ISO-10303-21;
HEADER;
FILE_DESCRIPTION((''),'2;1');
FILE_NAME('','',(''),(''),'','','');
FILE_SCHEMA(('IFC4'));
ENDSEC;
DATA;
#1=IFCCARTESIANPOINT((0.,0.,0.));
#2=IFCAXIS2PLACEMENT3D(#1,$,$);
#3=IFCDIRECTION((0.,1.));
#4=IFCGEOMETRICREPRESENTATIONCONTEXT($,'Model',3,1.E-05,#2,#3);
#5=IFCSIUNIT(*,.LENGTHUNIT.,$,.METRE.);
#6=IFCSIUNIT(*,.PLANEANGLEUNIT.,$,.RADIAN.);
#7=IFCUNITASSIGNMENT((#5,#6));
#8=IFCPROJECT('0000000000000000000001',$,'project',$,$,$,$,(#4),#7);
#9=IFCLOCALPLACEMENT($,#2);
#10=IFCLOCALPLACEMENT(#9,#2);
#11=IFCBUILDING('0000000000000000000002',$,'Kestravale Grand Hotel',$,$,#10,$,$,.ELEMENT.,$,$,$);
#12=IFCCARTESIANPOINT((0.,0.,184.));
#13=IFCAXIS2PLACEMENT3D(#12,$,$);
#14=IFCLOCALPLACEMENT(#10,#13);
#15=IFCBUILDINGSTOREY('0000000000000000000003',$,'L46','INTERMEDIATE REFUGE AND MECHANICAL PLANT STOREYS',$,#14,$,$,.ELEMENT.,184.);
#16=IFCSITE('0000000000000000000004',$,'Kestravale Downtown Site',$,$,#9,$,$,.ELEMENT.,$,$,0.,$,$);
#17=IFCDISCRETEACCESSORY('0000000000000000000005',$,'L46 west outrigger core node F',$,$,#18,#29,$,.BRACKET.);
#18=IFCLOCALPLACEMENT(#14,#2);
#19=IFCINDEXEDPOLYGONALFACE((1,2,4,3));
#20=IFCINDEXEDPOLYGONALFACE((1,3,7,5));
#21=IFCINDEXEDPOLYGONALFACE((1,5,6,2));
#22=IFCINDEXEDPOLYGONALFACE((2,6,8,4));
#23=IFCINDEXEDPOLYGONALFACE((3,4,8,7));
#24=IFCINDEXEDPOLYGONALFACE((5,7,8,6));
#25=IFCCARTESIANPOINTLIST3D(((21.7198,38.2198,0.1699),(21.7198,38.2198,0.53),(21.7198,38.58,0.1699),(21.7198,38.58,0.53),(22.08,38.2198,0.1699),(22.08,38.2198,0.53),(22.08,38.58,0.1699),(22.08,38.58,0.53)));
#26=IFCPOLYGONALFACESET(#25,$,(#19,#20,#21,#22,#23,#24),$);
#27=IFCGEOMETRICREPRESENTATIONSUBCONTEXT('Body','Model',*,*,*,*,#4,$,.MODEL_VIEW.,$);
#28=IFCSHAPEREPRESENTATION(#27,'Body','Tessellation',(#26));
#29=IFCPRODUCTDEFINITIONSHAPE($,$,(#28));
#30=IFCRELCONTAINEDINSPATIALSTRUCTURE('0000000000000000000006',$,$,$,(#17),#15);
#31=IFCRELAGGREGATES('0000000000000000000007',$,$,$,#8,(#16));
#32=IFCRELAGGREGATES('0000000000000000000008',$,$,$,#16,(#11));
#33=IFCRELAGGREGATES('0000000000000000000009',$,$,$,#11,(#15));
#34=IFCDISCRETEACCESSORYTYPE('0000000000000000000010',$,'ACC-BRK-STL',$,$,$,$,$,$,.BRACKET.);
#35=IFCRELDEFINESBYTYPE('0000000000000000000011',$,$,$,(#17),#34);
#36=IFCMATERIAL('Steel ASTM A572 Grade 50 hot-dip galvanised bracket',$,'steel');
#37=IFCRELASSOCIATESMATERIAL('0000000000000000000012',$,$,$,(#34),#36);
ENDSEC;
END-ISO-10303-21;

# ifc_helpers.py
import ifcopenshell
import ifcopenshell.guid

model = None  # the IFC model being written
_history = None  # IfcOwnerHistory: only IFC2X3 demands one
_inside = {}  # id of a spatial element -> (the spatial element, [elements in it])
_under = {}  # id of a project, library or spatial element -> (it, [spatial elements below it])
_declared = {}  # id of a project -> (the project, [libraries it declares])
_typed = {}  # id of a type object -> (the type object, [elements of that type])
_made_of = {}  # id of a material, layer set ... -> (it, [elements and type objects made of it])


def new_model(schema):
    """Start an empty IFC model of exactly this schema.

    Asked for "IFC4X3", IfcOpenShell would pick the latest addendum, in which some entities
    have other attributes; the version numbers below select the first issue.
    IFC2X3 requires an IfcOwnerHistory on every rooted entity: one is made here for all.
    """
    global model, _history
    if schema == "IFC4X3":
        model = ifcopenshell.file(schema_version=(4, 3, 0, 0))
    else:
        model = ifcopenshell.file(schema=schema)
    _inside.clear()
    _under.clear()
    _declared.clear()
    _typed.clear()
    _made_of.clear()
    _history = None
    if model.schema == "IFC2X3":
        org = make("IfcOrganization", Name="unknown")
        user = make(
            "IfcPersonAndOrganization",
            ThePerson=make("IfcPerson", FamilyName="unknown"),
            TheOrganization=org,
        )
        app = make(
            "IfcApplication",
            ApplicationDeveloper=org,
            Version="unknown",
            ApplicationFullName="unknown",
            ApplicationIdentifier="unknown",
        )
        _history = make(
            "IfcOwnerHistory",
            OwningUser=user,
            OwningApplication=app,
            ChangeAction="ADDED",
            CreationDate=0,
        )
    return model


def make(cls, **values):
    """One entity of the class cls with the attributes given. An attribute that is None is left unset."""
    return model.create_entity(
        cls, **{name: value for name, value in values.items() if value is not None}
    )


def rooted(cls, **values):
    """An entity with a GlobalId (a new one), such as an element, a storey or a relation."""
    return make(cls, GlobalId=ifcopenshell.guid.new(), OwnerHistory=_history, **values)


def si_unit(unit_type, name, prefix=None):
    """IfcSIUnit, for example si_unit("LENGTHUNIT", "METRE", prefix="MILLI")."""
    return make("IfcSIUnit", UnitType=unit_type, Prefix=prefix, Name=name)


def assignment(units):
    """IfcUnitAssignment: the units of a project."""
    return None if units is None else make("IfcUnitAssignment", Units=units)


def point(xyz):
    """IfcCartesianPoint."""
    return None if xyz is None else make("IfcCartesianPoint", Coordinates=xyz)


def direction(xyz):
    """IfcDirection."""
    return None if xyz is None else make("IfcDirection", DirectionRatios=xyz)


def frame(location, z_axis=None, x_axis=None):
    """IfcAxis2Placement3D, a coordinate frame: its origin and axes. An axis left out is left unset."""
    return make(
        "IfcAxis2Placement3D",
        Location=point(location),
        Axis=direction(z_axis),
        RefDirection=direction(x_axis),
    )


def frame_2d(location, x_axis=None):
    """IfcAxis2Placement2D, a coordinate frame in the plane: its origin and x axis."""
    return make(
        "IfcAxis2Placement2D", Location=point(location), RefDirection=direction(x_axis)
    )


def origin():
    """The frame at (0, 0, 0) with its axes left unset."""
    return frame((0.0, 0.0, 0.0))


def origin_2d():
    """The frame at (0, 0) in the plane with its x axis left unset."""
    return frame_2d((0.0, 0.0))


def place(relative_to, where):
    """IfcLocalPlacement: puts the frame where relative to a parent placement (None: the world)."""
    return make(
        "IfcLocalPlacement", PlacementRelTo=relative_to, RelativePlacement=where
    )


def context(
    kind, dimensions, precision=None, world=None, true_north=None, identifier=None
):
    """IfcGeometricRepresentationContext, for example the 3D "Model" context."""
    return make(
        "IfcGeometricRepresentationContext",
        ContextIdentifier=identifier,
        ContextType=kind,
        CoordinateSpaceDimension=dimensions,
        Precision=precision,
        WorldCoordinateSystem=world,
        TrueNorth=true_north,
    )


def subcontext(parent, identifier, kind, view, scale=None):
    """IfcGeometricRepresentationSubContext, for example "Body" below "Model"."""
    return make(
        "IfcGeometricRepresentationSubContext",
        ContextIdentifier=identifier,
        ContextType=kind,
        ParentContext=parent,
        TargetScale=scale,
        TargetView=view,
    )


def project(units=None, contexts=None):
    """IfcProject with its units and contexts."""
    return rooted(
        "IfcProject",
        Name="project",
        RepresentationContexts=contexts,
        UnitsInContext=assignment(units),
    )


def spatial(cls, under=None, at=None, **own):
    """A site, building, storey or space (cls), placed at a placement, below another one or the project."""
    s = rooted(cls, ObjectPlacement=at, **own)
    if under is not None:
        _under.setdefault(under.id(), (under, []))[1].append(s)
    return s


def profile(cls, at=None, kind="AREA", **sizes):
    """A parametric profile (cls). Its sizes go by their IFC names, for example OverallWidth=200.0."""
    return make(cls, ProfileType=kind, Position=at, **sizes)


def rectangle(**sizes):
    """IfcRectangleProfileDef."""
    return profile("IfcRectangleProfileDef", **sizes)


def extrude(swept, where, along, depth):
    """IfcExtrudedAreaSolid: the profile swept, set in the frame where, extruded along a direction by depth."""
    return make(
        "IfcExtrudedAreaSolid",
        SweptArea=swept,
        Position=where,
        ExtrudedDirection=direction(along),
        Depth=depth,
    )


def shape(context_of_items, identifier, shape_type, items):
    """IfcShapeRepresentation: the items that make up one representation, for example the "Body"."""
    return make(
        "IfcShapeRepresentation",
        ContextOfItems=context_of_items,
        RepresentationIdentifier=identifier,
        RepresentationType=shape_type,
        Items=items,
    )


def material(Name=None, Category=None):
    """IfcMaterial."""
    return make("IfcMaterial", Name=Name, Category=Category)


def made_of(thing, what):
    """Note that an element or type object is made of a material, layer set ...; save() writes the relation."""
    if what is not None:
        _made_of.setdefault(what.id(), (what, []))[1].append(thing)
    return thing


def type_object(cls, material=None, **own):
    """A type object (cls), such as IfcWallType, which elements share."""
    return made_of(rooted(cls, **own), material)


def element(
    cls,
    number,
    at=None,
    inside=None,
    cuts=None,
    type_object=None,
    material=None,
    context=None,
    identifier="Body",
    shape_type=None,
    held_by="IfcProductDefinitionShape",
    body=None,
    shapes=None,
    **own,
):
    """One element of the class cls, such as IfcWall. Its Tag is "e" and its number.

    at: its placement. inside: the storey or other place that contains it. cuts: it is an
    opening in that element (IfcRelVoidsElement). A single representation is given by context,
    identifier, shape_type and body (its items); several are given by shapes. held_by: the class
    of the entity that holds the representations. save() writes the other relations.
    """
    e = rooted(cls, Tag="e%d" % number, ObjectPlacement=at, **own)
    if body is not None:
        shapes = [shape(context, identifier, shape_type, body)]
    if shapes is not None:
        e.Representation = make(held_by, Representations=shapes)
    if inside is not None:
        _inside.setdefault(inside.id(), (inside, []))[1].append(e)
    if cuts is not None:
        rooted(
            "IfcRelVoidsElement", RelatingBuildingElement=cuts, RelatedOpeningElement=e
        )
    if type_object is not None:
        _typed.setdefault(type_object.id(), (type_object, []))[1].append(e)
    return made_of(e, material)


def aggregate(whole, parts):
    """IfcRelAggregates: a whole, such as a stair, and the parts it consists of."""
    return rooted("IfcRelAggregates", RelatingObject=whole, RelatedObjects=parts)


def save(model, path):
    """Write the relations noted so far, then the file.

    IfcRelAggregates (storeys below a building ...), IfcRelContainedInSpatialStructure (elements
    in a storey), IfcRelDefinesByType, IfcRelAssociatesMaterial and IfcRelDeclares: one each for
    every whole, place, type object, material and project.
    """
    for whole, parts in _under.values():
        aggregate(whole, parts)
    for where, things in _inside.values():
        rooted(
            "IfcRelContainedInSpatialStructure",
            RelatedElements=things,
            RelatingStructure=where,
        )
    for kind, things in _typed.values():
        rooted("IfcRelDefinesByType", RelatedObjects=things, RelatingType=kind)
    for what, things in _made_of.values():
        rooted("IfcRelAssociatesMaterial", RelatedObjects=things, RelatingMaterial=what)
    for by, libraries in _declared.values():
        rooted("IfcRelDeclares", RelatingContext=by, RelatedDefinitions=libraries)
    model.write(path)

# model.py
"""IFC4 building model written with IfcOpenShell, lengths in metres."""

from ifc_helpers import new_model, si_unit, direction, frame, origin, origin_2d, place, context, subcontext, project, spatial, rectangle, extrude, material, type_object, element, save


model = new_model("IFC4")

# Units and contexts
model_context = context("Model", 3, precision=1e-05, world=origin(), true_north=direction((0.0, 1.0)))
body_context = subcontext(model_context, "Body", "Model", "MODEL_VIEW")
ifc_project = project(units=[si_unit("LENGTHUNIT", "METRE"), si_unit("PLANEANGLEUNIT", "RADIAN")], contexts=[model_context])

# Site, building, storey
site_placement = place(None, origin())
site = spatial("IfcSite", under=ifc_project, at=site_placement, Name="Kestravale Downtown Site", CompositionType="ELEMENT", RefElevation=0.0)
building_placement = place(site_placement, origin())
building = spatial("IfcBuilding", under=site, at=building_placement, Name="Kestravale Grand Hotel", CompositionType="ELEMENT")
storey_placement = place(building_placement, frame((0.0, 0.0, 184.0)))
storey = spatial("IfcBuildingStorey", under=building, at=storey_placement, Name="L46", Description="INTERMEDIATE REFUGE AND MECHANICAL PLANT STOREYS", CompositionType="ELEMENT", Elevation=184.0)

# Discrete accessory
ifc_material_1 = material(Name="Steel ASTM A572 Grade 50 hot-dip galvanised bracket", Category="steel")
discrete_accessory_type = type_object("IfcDiscreteAccessoryType", Name="ACC-BRK-STL", PredefinedType="BRACKET", material=ifc_material_1)
for number, where, z_axis, x_axis, name in (
    (1, (21.8999, 38.3999, 0.1699), (0.0, 0.0, 1.0), (1.0, 0.0, 0.0), "L46 west outrigger core node F"),
):
    element("IfcDiscreteAccessory", number, at=place(storey_placement, frame(where, z_axis=z_axis, x_axis=x_axis)), inside=storey, type_object=discrete_accessory_type, Name=name, PredefinedType="BRACKET", context=body_context, shape_type="SweptSolid", body=[
        extrude(rectangle(XDim=0.3601, YDim=0.3601, at=origin_2d()), origin(), (0.0, 0.0, 1.0), 0.3601),
    ])

save(model, "model.ifc")
